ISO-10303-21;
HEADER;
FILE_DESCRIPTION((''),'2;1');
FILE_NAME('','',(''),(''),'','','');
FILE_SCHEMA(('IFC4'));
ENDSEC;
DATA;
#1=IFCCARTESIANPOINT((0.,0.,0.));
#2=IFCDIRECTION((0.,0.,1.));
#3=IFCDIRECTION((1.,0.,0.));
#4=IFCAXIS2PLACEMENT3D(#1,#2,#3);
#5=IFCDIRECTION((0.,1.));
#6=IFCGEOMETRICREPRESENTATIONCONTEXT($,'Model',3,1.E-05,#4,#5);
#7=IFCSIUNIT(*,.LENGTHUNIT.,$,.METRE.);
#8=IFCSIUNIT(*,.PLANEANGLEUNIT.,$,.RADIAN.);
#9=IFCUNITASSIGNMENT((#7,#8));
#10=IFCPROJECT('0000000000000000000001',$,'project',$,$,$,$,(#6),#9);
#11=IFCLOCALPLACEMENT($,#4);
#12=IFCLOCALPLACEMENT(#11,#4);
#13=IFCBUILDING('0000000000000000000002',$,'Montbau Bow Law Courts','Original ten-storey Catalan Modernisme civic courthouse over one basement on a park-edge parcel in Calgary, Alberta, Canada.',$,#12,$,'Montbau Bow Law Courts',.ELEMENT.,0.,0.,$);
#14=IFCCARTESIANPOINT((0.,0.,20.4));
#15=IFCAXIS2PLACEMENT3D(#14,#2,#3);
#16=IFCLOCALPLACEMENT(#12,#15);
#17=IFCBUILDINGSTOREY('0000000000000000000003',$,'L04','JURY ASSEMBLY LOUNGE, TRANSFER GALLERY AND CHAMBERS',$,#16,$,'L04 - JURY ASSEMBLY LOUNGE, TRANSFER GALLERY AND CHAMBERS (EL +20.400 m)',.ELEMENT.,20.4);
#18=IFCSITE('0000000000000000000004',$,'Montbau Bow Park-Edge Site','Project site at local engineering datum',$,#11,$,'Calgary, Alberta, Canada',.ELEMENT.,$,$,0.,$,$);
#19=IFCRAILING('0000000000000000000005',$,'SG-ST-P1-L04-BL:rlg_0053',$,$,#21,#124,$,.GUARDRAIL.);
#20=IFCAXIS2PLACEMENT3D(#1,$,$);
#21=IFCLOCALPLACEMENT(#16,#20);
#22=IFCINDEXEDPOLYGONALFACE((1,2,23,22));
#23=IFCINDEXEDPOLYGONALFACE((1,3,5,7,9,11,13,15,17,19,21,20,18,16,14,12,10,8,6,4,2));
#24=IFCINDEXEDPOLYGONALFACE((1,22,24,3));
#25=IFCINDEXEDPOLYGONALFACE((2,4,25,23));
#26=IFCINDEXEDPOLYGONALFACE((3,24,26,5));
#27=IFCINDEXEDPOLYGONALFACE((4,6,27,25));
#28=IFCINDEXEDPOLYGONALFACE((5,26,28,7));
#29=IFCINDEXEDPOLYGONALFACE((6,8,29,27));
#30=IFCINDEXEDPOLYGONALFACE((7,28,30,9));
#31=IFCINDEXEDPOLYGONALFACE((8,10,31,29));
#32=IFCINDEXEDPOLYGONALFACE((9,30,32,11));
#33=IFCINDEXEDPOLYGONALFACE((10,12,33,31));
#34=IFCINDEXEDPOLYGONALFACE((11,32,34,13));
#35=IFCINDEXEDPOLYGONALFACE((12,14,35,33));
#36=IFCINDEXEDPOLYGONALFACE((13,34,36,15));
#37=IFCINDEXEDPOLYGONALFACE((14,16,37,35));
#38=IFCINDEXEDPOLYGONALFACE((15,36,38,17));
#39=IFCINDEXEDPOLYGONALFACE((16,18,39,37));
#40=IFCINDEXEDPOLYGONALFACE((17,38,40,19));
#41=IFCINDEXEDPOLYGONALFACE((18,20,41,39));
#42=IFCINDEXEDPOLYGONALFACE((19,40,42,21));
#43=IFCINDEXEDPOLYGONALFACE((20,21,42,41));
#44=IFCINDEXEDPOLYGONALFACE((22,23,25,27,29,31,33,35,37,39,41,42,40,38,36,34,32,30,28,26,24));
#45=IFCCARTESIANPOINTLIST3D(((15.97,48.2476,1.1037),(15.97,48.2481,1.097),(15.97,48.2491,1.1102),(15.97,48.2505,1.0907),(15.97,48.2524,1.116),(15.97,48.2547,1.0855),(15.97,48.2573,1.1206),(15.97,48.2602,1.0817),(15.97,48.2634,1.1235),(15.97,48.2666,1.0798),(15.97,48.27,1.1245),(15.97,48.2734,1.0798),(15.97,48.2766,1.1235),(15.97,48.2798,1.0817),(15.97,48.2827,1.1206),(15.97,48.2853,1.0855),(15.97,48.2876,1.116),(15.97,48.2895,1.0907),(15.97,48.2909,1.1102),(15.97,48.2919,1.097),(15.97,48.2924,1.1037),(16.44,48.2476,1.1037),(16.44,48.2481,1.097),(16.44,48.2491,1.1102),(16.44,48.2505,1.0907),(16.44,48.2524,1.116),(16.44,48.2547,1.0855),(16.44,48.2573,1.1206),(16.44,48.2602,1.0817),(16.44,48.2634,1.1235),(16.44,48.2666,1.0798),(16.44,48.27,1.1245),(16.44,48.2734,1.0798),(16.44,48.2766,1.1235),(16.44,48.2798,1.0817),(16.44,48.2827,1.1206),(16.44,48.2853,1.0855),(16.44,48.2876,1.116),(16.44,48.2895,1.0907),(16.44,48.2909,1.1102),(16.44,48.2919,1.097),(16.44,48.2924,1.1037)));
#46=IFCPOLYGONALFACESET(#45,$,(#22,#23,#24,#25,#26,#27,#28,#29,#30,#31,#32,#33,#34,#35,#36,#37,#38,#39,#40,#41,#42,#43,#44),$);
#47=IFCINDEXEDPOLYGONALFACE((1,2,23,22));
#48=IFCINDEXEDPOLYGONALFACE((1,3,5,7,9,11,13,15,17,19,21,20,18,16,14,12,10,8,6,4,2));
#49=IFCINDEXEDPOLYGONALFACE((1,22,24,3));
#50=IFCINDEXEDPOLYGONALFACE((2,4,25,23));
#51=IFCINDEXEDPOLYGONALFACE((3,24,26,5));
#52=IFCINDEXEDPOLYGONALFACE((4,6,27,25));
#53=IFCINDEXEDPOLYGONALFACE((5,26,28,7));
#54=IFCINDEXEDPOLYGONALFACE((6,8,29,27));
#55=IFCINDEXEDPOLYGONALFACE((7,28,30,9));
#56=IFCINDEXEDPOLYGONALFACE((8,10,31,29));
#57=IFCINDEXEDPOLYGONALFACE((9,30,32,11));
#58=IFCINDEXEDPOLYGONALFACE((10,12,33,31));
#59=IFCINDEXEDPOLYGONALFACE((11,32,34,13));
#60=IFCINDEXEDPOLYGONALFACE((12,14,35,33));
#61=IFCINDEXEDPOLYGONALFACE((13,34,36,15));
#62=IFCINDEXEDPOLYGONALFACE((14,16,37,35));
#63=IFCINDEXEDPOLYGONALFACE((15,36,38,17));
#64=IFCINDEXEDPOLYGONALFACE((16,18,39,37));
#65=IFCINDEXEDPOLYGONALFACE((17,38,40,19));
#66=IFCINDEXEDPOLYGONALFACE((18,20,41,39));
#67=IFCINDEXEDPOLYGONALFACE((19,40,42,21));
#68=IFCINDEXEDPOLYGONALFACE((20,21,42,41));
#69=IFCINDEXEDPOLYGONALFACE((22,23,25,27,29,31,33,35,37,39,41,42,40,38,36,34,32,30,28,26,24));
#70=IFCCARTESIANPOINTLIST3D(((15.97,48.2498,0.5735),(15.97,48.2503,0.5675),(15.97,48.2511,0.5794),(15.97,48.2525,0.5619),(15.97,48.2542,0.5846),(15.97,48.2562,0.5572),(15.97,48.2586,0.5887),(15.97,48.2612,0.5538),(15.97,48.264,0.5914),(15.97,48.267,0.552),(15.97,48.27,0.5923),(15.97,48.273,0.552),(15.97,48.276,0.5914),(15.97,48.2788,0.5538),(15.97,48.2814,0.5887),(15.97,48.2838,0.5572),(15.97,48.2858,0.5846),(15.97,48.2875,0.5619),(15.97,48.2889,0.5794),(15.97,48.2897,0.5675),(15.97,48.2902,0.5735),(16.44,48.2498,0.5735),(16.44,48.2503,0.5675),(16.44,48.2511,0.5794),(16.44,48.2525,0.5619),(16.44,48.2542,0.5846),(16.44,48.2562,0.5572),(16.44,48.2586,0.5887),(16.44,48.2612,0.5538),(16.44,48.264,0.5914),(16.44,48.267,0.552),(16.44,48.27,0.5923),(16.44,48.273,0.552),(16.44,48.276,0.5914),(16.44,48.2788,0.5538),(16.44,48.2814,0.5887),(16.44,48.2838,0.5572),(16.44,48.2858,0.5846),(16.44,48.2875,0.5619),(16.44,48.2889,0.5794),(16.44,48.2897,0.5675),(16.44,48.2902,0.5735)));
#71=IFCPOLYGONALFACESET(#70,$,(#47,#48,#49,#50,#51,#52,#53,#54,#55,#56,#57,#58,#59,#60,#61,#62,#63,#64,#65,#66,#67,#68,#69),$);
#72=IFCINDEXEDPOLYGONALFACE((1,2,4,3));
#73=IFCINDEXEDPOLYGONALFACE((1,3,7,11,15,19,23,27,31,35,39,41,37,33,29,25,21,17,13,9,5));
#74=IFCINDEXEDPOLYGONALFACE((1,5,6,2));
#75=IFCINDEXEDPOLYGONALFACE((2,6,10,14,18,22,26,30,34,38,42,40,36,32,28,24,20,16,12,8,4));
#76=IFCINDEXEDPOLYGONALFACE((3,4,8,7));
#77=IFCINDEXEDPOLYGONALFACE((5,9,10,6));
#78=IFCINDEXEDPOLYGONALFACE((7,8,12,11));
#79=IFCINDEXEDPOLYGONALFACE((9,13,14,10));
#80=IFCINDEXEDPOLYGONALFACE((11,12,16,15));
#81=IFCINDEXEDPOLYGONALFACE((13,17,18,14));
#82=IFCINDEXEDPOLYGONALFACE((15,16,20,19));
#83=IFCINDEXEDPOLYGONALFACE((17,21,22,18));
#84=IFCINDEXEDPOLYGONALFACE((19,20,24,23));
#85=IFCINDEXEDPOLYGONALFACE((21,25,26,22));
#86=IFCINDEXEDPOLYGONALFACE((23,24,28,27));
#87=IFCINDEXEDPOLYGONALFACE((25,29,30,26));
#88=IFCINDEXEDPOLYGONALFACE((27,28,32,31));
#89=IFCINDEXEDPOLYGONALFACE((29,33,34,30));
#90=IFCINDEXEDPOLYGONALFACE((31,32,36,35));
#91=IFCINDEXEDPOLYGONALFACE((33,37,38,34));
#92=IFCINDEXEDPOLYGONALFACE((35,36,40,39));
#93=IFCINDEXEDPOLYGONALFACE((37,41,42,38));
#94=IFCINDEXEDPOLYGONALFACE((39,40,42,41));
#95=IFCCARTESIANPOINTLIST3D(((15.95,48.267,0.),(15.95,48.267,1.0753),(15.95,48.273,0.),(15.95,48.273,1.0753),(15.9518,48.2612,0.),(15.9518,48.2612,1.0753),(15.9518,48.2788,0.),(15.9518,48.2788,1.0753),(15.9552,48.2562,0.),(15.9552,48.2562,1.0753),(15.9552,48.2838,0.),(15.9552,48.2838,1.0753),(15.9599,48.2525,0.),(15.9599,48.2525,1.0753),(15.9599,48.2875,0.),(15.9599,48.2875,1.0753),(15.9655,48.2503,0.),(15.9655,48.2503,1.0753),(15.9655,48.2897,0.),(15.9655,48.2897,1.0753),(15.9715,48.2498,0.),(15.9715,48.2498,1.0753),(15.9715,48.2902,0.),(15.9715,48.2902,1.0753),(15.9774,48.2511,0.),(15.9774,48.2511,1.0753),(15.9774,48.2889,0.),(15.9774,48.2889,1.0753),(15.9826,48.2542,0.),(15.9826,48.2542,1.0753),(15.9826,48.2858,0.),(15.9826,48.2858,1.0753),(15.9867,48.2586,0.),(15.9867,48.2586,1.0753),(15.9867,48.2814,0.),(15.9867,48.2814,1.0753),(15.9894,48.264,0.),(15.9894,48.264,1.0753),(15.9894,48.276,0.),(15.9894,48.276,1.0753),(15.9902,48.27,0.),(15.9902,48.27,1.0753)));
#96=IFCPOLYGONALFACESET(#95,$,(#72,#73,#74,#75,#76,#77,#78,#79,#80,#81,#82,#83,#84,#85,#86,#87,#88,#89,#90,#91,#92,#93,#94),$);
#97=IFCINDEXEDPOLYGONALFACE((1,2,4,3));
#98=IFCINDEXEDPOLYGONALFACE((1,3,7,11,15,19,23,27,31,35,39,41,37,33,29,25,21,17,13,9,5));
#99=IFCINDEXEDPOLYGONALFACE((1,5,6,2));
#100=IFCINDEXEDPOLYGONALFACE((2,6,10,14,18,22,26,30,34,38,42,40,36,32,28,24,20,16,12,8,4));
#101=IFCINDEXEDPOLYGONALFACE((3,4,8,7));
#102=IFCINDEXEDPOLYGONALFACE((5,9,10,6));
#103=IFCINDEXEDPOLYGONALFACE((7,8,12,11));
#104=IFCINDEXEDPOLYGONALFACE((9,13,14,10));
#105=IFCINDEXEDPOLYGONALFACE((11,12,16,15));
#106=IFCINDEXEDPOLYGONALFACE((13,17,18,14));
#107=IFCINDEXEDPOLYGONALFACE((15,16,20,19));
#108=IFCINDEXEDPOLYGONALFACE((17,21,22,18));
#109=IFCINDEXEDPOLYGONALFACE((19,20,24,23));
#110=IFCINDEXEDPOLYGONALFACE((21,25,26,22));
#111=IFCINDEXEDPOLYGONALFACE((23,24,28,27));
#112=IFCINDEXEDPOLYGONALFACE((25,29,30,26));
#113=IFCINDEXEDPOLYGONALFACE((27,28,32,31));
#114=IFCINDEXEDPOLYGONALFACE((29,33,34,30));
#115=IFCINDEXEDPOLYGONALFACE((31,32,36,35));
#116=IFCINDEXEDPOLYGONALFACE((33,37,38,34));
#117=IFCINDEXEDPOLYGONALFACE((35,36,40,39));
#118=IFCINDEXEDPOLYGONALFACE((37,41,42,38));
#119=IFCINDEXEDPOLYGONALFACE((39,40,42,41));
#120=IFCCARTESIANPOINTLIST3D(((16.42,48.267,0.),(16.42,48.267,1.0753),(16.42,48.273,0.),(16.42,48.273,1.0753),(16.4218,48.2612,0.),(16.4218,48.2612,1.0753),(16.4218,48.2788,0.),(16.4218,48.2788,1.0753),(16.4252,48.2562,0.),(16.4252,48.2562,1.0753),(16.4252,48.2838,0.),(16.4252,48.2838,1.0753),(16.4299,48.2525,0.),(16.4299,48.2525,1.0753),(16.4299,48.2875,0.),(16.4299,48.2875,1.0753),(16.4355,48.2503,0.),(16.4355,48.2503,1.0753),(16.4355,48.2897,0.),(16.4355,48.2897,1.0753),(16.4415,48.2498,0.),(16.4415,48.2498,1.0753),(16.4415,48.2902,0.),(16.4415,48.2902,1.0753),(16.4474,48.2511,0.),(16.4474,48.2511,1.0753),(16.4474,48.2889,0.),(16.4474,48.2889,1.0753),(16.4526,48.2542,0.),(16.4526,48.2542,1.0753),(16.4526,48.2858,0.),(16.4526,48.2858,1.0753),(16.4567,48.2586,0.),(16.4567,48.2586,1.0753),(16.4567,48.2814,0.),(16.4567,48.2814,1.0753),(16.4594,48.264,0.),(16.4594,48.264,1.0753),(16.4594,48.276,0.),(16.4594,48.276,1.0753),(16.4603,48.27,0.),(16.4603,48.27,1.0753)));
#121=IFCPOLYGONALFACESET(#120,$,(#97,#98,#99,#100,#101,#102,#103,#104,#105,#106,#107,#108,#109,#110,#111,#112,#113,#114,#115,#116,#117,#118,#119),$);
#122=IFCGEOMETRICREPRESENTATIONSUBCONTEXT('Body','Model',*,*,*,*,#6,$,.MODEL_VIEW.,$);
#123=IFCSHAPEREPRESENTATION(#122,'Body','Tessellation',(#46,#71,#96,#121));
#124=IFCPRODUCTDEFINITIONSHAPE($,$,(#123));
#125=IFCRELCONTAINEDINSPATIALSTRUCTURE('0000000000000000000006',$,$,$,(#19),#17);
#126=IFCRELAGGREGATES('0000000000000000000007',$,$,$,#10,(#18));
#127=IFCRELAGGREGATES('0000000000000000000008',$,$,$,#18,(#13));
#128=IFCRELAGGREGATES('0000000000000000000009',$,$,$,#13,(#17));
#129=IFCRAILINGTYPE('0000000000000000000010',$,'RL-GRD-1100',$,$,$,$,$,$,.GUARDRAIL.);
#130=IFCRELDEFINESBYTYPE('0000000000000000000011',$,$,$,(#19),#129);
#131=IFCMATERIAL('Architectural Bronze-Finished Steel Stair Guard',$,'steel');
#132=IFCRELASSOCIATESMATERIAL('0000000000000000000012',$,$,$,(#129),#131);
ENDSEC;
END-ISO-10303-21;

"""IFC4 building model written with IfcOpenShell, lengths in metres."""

from ifc_helpers import new_model, si_unit, direction, frame, origin_with_axes, origin_2d_with_axis, place, context, subcontext, project, spatial, circle, extrude, material, type_object, element, save


model = new_model("IFC4")

# Units and contexts
model_context = context("Model", 3, precision=1e-05, world=origin_with_axes(), true_north=direction((0.0, 1.0)))
body_context = subcontext(model_context, "Body", "Model", "MODEL_VIEW")
ifc_project = project(units=[si_unit("LENGTHUNIT", "METRE"), si_unit("PLANEANGLEUNIT", "RADIAN")], contexts=[model_context])

# Site, building, storey
site_placement = place(None, origin_with_axes())
site = spatial("IfcSite", under=ifc_project, at=site_placement, Name="Montbau Bow Park-Edge Site", Description="Project site at local engineering datum", LongName="Calgary, Alberta, Canada", CompositionType="ELEMENT", RefElevation=0.0)
building_placement = place(site_placement, origin_with_axes())
building = spatial("IfcBuilding", under=site, at=building_placement, Name="Montbau Bow Law Courts", Description="Original ten-storey Catalan Modernisme civic courthouse over one basement on a park-edge parcel in Calgary, Alberta, Canada.", LongName="Montbau Bow Law Courts", CompositionType="ELEMENT", ElevationOfRefHeight=0.0, ElevationOfTerrain=0.0)
storey_placement = place(building_placement, frame((0.0, 0.0, 20.4), z_axis=(0.0, 0.0, 1.0), x_axis=(1.0, 0.0, 0.0)))
storey = spatial("IfcBuildingStorey", under=building, at=storey_placement, Name="L04", Description="JURY ASSEMBLY LOUNGE, TRANSFER GALLERY AND CHAMBERS", LongName="L04 - JURY ASSEMBLY LOUNGE, TRANSFER GALLERY AND CHAMBERS (EL +20.400 m)", CompositionType="ELEMENT", Elevation=20.4)

# Railing
ifc_material_1 = material(Name="Architectural Bronze-Finished Steel Stair Guard", Category="steel")
railing_type_1 = type_object("IfcRailingType", Name="RL-GRD-1100", PredefinedType="GUARDRAIL", material=ifc_material_1)
railing_1_placement = place(None, origin_with_axes())
element("IfcRailing", 1, at=railing_1_placement, inside=storey, type_object=railing_type_1, Name="SG-ST-P1-L04-BL:rlg_0053", PredefinedType="GUARDRAIL", context=body_context, shape_type="SweptSolid", body=[
    extrude(circle(Radius=0.0225, at=origin_2d_with_axis()), frame((15.97, 48.27, 21.502), z_axis=(1.0, 0.0, 0.0), x_axis=(0.0, 0.0, 1.0)), (0.0, 0.0, 1.0), 0.47),
    extrude(circle(Radius=0.0203, at=origin_2d_with_axis()), frame((15.97, 48.27, 20.972), z_axis=(1.0, 0.0, 0.0), x_axis=(0.0, 0.0, 1.0)), (0.0, 0.0, 1.0), 0.47),
    extrude(circle(Radius=0.0203, at=origin_2d_with_axis()), frame((15.97, 48.27, 20.4), z_axis=(0.0, 0.0, 1.0), x_axis=(1.0, 0.0, 0.0)), (0.0, 0.0, 1.0), 1.0753),
    extrude(circle(Radius=0.0203, at=origin_2d_with_axis()), frame((16.44, 48.27, 20.4), z_axis=(0.0, 0.0, 1.0), x_axis=(1.0, 0.0, 0.0)), (0.0, 0.0, 1.0), 1.0753),
])

save(model, "model.ifc")
